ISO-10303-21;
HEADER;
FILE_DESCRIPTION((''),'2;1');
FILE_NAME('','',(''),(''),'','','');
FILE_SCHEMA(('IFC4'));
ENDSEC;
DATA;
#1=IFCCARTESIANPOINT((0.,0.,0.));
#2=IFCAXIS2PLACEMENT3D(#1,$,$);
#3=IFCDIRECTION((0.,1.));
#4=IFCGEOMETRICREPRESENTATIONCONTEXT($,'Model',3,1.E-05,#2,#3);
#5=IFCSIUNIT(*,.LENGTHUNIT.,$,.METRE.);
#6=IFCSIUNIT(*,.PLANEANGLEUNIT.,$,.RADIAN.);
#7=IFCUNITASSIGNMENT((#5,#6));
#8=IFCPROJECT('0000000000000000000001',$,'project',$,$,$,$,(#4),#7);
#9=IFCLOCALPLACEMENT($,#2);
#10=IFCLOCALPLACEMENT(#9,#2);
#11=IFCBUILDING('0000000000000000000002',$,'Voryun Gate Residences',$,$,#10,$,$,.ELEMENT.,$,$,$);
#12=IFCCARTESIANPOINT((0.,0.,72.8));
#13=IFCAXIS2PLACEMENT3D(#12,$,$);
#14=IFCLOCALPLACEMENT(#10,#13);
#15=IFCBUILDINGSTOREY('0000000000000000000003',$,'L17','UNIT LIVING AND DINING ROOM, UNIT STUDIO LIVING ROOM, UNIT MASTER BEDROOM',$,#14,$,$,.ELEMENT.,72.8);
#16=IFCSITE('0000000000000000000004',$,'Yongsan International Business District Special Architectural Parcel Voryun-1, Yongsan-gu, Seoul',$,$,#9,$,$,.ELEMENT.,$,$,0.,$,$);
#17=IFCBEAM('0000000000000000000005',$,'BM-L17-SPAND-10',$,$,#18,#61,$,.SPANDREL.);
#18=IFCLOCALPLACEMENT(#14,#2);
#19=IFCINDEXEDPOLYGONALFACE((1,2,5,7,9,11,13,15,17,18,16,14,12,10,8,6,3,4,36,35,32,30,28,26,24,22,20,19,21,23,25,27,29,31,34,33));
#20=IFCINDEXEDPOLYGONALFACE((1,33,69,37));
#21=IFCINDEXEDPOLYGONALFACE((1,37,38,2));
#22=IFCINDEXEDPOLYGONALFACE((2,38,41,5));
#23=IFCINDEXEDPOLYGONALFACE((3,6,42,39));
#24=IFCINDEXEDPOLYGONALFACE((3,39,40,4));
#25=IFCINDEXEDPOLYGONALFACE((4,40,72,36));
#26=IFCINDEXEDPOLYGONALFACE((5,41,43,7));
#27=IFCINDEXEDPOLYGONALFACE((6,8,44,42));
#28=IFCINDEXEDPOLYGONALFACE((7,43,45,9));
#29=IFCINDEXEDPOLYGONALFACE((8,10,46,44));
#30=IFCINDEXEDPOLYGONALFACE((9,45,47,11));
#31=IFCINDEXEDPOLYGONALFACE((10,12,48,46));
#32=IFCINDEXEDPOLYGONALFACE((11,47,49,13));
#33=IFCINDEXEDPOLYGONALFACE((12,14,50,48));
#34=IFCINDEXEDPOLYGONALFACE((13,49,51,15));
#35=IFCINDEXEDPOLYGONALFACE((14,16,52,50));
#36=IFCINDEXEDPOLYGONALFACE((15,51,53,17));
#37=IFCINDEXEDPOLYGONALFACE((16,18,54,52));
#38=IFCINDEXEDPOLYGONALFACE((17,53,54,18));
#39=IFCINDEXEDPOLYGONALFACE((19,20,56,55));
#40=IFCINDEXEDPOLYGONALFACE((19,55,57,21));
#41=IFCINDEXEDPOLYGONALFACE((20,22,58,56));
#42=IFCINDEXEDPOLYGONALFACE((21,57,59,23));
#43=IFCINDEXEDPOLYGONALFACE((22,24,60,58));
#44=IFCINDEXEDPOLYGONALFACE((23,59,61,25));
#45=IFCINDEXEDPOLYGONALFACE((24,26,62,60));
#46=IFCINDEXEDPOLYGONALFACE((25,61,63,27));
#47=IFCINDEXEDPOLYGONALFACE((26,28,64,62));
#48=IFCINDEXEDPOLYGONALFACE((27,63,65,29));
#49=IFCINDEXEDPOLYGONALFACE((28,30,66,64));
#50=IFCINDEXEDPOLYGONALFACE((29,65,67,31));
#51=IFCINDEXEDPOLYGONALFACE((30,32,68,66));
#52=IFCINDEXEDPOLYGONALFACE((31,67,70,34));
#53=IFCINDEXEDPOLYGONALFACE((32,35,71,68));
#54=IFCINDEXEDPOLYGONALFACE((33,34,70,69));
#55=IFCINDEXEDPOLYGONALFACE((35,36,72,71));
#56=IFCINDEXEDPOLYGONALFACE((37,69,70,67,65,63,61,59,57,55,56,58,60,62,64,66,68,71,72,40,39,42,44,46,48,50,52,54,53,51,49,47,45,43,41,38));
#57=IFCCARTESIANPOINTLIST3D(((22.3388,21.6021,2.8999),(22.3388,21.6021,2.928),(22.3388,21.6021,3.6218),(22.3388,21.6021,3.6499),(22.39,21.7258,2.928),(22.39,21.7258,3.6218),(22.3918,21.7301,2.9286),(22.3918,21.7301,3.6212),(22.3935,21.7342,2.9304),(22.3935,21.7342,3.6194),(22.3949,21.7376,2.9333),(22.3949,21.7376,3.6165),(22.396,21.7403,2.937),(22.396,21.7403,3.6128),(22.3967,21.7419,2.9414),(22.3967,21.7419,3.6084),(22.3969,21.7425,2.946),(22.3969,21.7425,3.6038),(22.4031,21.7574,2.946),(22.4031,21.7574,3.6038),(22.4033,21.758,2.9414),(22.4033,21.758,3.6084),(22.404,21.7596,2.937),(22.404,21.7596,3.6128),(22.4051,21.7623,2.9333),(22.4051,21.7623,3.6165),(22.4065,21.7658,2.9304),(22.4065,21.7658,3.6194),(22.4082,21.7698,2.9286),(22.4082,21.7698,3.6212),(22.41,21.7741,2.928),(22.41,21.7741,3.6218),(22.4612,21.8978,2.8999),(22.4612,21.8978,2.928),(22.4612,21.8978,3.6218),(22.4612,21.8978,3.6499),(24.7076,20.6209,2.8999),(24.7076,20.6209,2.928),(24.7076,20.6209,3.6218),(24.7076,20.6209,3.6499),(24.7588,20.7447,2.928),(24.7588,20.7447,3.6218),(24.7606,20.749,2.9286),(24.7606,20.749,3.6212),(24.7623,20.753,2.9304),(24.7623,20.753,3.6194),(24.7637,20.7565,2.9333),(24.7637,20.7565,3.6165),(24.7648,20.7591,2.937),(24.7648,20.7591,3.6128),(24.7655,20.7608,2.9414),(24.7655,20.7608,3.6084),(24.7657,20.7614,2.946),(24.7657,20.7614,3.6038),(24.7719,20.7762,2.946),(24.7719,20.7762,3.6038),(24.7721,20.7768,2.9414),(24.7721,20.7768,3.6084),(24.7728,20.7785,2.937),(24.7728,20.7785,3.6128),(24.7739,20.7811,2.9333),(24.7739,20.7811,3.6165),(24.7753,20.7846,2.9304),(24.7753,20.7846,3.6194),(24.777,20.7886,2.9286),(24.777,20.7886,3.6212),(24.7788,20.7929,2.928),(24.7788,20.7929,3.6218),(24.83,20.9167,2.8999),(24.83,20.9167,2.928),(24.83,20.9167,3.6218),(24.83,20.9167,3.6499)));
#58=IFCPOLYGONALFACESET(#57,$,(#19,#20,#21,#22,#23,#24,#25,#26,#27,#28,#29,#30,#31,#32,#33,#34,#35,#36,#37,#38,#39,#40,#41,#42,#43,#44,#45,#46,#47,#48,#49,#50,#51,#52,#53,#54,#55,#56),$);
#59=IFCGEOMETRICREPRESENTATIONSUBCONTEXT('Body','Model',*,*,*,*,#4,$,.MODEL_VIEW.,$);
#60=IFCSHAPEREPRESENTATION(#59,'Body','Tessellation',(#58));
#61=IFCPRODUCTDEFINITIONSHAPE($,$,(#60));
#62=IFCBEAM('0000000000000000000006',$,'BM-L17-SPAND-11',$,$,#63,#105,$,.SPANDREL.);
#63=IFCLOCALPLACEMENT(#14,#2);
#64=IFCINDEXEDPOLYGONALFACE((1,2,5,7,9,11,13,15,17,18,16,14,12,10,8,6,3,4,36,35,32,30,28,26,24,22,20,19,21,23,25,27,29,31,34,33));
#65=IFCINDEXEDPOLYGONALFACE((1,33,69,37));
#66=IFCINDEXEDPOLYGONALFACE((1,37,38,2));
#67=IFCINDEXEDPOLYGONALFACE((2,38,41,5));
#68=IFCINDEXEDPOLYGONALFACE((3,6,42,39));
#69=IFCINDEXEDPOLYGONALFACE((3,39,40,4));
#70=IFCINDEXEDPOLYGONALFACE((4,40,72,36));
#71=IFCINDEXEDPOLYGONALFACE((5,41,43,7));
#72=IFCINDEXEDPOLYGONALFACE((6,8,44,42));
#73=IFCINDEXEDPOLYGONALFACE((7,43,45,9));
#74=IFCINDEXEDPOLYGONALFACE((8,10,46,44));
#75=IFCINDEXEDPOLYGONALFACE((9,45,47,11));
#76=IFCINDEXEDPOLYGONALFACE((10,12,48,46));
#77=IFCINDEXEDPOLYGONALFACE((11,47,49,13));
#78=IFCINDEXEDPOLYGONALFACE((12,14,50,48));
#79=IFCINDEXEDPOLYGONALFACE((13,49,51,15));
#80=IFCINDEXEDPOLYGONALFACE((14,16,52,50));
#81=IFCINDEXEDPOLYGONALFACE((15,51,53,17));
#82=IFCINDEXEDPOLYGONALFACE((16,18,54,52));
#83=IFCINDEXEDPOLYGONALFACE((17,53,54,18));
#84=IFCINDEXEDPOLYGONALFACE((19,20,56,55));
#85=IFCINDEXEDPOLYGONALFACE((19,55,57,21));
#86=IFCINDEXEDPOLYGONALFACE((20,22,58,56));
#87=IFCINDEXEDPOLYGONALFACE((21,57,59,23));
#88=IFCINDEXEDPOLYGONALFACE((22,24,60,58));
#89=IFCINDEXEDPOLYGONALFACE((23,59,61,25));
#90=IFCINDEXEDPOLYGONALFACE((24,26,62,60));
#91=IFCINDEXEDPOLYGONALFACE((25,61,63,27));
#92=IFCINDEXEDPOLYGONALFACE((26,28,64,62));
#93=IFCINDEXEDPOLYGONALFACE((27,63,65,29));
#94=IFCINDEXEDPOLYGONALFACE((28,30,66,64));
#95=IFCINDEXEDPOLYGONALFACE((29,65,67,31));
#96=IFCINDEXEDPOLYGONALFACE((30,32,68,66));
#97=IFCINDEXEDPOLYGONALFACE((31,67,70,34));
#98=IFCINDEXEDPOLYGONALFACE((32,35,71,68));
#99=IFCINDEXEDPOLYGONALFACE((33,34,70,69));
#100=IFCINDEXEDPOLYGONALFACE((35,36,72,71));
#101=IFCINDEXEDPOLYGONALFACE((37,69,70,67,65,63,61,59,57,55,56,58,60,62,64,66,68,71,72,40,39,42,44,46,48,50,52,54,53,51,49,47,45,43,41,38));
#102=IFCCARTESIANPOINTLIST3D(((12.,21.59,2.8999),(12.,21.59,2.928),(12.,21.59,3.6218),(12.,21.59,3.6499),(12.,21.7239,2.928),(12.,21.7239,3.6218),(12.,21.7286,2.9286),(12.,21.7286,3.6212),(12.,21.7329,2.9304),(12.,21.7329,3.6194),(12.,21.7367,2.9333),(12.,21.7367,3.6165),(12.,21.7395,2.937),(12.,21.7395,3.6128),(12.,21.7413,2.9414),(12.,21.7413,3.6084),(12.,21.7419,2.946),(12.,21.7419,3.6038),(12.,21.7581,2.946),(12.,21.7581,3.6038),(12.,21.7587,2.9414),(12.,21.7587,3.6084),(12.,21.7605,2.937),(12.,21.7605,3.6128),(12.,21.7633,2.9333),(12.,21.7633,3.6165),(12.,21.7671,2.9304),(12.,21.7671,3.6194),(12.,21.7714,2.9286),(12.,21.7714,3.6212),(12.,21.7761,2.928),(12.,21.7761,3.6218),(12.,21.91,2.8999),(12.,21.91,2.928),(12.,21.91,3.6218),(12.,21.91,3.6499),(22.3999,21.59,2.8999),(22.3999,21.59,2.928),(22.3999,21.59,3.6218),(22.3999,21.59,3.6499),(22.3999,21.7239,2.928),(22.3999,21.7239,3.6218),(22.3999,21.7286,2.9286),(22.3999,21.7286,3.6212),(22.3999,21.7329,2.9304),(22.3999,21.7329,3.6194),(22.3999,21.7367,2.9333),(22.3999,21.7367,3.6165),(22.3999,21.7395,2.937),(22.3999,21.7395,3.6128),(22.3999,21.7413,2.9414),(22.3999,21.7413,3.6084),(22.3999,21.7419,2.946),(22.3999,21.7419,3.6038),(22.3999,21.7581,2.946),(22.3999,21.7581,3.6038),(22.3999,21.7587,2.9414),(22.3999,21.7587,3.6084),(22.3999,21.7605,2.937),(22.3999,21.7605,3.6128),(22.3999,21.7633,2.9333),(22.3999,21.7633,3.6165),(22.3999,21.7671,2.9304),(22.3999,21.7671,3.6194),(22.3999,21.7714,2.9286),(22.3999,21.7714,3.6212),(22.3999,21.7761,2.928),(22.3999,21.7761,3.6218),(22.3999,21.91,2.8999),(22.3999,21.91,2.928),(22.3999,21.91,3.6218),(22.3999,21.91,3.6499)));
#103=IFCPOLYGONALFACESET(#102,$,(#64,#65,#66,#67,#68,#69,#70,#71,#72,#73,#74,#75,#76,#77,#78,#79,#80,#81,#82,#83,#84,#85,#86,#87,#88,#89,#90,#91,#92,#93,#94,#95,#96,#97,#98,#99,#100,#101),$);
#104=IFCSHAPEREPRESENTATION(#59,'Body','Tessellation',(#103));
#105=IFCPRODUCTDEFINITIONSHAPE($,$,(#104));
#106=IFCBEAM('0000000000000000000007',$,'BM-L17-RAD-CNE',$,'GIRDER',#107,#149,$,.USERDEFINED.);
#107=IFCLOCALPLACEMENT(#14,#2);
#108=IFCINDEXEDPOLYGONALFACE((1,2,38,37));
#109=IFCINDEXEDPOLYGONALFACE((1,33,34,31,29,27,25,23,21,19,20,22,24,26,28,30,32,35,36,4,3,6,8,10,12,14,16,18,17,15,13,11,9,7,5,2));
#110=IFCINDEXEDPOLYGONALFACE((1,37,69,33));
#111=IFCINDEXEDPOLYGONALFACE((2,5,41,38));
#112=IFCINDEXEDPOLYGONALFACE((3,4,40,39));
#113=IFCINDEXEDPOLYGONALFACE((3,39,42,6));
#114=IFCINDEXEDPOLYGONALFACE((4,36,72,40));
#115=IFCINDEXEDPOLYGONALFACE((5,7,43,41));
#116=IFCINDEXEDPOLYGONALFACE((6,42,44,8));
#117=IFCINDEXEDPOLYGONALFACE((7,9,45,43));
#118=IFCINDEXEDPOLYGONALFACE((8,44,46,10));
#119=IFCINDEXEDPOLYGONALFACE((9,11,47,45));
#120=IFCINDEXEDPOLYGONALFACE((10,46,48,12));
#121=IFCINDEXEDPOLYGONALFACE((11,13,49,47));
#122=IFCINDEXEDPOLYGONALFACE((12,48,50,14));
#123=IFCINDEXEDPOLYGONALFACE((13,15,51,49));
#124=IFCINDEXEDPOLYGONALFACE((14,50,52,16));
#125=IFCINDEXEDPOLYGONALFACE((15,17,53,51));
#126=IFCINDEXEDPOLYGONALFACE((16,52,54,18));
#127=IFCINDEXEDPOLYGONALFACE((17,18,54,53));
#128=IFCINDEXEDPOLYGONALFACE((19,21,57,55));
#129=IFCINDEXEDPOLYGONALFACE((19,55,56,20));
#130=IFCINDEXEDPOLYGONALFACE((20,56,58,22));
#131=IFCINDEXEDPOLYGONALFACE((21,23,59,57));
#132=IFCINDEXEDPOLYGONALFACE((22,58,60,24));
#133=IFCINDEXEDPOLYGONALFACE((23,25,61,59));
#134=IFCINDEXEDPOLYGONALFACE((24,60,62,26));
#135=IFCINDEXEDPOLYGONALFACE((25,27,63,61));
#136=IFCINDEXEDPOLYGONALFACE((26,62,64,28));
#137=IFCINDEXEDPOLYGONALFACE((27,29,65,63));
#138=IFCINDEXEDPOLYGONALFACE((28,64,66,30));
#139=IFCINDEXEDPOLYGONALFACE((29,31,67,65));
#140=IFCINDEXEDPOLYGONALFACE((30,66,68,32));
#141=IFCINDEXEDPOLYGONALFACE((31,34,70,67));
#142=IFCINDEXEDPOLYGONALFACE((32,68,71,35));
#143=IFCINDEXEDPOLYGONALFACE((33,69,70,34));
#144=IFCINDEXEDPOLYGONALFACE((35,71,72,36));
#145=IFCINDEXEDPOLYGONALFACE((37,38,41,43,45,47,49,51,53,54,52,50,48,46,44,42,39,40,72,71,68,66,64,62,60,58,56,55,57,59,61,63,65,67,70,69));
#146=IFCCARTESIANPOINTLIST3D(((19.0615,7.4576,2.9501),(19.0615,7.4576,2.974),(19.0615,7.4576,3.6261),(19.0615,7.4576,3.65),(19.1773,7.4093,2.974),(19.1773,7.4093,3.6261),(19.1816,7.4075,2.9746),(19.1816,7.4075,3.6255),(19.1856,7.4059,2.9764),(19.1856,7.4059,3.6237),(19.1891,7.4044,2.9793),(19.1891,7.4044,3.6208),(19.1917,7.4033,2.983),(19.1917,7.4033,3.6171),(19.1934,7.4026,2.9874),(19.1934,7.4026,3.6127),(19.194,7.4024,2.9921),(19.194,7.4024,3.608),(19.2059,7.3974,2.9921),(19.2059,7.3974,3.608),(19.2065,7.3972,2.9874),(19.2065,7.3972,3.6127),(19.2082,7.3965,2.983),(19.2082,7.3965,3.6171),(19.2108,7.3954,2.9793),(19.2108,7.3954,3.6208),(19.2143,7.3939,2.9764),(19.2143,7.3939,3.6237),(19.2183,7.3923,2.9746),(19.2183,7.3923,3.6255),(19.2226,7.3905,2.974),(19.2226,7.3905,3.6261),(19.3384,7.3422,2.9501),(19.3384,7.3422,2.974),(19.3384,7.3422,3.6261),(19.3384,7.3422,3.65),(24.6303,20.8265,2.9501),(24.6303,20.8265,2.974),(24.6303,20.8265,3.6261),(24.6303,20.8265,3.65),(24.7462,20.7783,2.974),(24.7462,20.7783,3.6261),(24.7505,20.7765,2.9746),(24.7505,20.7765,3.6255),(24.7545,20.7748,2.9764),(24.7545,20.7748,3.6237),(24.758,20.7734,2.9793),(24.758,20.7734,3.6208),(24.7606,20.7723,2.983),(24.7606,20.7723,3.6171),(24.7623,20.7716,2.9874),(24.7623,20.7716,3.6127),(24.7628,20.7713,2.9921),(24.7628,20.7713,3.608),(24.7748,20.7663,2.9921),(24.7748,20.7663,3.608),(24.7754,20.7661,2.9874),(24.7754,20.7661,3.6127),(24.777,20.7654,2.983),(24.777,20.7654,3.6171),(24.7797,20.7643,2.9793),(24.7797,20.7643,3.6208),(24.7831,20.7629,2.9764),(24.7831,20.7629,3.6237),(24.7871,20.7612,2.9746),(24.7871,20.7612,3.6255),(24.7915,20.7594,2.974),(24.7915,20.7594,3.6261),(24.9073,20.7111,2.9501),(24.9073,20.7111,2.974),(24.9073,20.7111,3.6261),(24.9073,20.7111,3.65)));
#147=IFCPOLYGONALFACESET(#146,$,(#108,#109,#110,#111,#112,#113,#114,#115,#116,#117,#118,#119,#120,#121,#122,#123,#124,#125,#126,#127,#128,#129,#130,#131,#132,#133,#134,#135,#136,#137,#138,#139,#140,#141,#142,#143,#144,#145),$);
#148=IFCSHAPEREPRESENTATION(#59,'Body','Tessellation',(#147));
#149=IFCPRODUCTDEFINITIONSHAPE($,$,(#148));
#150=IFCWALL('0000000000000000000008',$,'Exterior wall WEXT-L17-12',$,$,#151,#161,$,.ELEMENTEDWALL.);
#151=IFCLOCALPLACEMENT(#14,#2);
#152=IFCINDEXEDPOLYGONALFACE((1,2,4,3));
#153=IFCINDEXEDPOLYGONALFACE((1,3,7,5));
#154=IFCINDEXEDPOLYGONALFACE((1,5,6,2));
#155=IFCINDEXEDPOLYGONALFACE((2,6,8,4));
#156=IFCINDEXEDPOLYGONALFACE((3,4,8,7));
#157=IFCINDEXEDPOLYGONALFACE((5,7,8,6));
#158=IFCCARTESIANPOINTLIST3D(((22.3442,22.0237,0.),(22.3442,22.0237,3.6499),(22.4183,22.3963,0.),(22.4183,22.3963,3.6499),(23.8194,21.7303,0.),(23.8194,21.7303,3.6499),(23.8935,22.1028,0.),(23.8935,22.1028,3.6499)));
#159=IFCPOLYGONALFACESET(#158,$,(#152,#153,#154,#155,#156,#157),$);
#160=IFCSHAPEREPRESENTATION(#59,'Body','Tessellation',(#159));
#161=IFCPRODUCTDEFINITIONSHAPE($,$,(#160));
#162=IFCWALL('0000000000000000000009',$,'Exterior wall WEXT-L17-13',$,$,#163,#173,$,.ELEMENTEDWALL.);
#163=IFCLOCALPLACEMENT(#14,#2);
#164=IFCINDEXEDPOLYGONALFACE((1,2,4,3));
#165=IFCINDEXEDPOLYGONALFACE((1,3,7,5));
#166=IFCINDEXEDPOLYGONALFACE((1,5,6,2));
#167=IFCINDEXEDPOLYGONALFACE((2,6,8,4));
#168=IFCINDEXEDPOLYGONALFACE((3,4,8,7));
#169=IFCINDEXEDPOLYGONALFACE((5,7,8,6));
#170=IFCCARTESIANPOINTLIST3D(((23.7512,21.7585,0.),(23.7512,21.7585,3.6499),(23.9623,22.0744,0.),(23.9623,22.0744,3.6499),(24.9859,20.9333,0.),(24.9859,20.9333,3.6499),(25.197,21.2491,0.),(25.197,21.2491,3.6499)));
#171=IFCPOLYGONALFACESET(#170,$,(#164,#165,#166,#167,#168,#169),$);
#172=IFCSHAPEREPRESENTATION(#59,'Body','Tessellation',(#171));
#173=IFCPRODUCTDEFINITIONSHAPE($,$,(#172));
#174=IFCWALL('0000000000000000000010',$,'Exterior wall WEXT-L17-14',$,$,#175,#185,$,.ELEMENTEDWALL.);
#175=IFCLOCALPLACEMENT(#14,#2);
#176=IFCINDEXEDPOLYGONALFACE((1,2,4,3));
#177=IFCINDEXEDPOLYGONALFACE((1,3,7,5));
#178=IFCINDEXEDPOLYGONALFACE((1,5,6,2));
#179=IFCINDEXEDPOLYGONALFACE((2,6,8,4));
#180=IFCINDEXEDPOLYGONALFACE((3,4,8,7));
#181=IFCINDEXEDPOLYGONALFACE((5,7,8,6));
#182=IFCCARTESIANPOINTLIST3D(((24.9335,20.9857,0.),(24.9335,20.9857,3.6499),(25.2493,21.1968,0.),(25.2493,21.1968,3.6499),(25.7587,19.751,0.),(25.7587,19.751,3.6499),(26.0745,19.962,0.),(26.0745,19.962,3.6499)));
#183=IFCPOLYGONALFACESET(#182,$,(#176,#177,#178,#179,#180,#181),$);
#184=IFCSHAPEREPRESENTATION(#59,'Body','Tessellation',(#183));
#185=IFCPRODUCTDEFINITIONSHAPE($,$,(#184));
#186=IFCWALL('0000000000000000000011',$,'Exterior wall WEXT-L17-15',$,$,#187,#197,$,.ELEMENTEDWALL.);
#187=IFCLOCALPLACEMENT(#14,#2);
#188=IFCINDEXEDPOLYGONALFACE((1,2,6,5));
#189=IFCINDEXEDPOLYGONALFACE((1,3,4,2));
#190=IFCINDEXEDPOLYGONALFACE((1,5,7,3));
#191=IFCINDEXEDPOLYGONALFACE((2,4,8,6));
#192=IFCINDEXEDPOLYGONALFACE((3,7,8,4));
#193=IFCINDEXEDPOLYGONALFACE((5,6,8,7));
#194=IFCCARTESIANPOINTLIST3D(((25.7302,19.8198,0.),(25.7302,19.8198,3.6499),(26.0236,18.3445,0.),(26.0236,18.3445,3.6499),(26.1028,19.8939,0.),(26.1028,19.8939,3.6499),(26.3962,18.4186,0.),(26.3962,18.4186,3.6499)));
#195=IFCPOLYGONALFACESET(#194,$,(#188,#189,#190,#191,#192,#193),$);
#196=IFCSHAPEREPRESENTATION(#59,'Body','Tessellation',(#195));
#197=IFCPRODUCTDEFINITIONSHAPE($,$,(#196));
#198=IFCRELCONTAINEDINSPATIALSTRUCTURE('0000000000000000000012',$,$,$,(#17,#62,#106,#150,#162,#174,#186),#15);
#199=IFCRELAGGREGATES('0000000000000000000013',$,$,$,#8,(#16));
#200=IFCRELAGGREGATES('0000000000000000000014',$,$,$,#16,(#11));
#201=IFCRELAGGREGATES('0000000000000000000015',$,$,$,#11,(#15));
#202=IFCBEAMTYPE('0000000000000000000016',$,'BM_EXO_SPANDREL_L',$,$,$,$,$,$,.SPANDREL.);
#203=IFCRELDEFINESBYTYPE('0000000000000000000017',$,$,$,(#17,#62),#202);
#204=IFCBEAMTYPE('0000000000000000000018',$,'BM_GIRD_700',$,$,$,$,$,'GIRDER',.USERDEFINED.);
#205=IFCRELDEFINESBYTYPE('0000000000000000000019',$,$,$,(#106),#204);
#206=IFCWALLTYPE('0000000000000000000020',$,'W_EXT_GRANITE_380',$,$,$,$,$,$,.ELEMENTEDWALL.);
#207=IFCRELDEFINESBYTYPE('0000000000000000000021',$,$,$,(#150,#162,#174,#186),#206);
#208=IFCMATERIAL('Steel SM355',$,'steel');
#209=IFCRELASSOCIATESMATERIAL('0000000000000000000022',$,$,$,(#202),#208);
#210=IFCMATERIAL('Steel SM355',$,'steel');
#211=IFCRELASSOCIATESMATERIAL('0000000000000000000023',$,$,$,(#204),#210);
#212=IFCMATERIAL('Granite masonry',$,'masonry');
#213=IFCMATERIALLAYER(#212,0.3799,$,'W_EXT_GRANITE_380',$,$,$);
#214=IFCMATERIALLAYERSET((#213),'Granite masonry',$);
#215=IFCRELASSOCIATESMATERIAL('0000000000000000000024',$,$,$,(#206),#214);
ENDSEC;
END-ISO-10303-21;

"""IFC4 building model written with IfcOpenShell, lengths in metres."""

from ifc_helpers import new_model, si_unit, direction, frame, frame_2d, origin, origin_2d, place, context, subcontext, project, spatial, rectangle, i_section, extrude, material, layer, layer_set, material_profile, profile_set, type_object, element, save


model = new_model("IFC4")

# Units and contexts
model_context = context("Model", 3, precision=1e-05, world=origin(), true_north=direction((0.0, 1.0)))
body_context = subcontext(model_context, "Body", "Model", "MODEL_VIEW")
ifc_project = project(units=[si_unit("LENGTHUNIT", "METRE"), si_unit("PLANEANGLEUNIT", "RADIAN")], contexts=[model_context])

# Site, building, storey
site_placement = place(None, origin())
site = spatial("IfcSite", under=ifc_project, at=site_placement, Name="Yongsan International Business District Special Architectural Parcel Voryun-1, Yongsan-gu, Seoul", CompositionType="ELEMENT", RefElevation=0.0)
building_placement = place(site_placement, origin())
building = spatial("IfcBuilding", under=site, at=building_placement, Name="Voryun Gate Residences", CompositionType="ELEMENT")
storey_placement = place(building_placement, frame((0.0, 0.0, 72.8)))
storey = spatial("IfcBuildingStorey", under=building, at=storey_placement, Name="L17", Description="UNIT LIVING AND DINING ROOM, UNIT STUDIO LIVING ROOM, UNIT MASTER BEDROOM", CompositionType="ELEMENT", Elevation=72.8)

# Beams
ifc_material_1 = material(Name="Steel SM355", Category="steel")
ifc_material_profile_1 = material_profile(ifc_material_1, i_section(OverallWidth=0.3201, OverallDepth=0.75, WebThickness=0.0161, FlangeThickness=0.0281, FilletRadius=0.0181, at=origin_2d()), Name="H-750x320x16x28")
ifc_profile_set_1 = profile_set([ifc_material_profile_1], Name="Steel SM355")
beam_type_1 = type_object("IfcBeamType", Name="BM_EXO_SPANDREL_L", PredefinedType="SPANDREL", material=ifc_profile_set_1)
beam_1_placement = place(storey_placement, frame((24.7688, 20.7688, 3.2749), z_axis=(-0.923883, 0.382674, 0.0), x_axis=(-0.382674, -0.923883, 0.0)))
element("IfcBeam", 1, at=beam_1_placement, inside=storey, type_object=beam_type_1, Name="BM-L17-SPAND-10", PredefinedType="SPANDREL", context=body_context, shape_type="SweptSolid", body=[
    extrude(i_section(OverallWidth=0.3201, OverallDepth=0.75, WebThickness=0.0161, FlangeThickness=0.0281, FilletRadius=0.0181, at=origin_2d()), origin(), (0.0, 0.0, 1.0), 2.564),
])
beam_2_placement = place(storey_placement, frame((22.3999, 21.75, 3.2749), z_axis=(-1.0, 0.0, 0.0), x_axis=(0.0, -1.0, 0.0)))
element("IfcBeam", 2, at=beam_2_placement, inside=storey, type_object=beam_type_1, Name="BM-L17-SPAND-11", PredefinedType="SPANDREL", context=body_context, shape_type="SweptSolid", body=[
    extrude(i_section(OverallWidth=0.3201, OverallDepth=0.75, WebThickness=0.0161, FlangeThickness=0.0281, FilletRadius=0.0181, at=origin_2d()), origin(), (0.0, 0.0, 1.0), 10.3999),
])
ifc_material_2 = material(Name="Steel SM355", Category="steel")
ifc_material_profile_2 = material_profile(ifc_material_2, i_section(OverallWidth=0.3, OverallDepth=0.7, WebThickness=0.0129, FlangeThickness=0.0239, FilletRadius=0.0181, at=origin_2d()), Name="H-700x300x13x24")
ifc_profile_set_2 = profile_set([ifc_material_profile_2], Name="Steel SM355")
beam_type_2 = type_object("IfcBeamType", Name="BM_GIRD_700", ElementType="GIRDER", PredefinedType="USERDEFINED", material=ifc_profile_set_2)
beam_3_placement = place(storey_placement, frame((19.2, 7.3999, 3.3), z_axis=(0.384526, 0.923114, 0.0), x_axis=(-0.923114, 0.384526, 0.0)))
element("IfcBeam", 3, at=beam_3_placement, inside=storey, type_object=beam_type_2, Name="BM-L17-RAD-CNE", ObjectType="GIRDER", PredefinedType="USERDEFINED", context=body_context, shape_type="SweptSolid", body=[
    extrude(i_section(OverallWidth=0.3, OverallDepth=0.7, WebThickness=0.0129, FlangeThickness=0.0239, FilletRadius=0.0181, at=origin_2d()), origin(), (0.0, 0.0, 1.0), 14.4824),
])

# Walls
ifc_material_3 = material(Name="Granite masonry", Category="masonry")
ifc_layer_1 = layer(ifc_material_3, 0.3799, Name="W_EXT_GRANITE_380")
ifc_layer_set_1 = layer_set([ifc_layer_1], Name="Granite masonry")
wall_type_1 = type_object("IfcWallType", Name="W_EXT_GRANITE_380", PredefinedType="ELEMENTEDWALL", material=ifc_layer_set_1)
wall_1_placement = place(storey_placement, frame((22.3813, 22.21, 0.0), z_axis=(0.0, 0.0, 1.0), x_axis=(0.980786, -0.195086, 0.0)))
element("IfcWall", 4, at=wall_1_placement, inside=storey, type_object=wall_type_1, Name="Exterior wall WEXT-L17-12", PredefinedType="ELEMENTEDWALL", context=body_context, shape_type="SweptSolid", body=[
    extrude(rectangle(XDim=1.5042, YDim=0.3799, at=frame_2d((0.752, 0.0))), origin(), (0.0, 0.0, 1.0), 3.6499),
])
for number, where, z_axis, x_axis, name in (
    (5, (23.8567, 21.9165, 0.0), (0.0, 0.0, 1.0), (0.831392, -0.555686, 0.0), "Exterior wall WEXT-L17-13"),
    (6, (25.0913, 21.0913, 0.0), (0.0, 0.0, 1.0), (0.555686, -0.831392, 0.0), "Exterior wall WEXT-L17-14"),
):
    element("IfcWall", number, at=place(storey_placement, frame(where, z_axis=z_axis, x_axis=x_axis)), inside=storey, type_object=wall_type_1, Name=name, PredefinedType="ELEMENTEDWALL", context=body_context, shape_type="SweptSolid", body=[
        extrude(rectangle(XDim=1.4851, YDim=0.3799, at=frame_2d((0.7427, 0.0))), origin(), (0.0, 0.0, 1.0), 3.6499),
    ])
wall_2_placement = place(storey_placement, frame((25.9165, 19.8567, 0.0), z_axis=(0.0, 0.0, 1.0), x_axis=(0.195086, -0.980786, 0.0)))
element("IfcWall", 7, at=wall_2_placement, inside=storey, type_object=wall_type_1, Name="Exterior wall WEXT-L17-15", PredefinedType="ELEMENTEDWALL", context=body_context, shape_type="SweptSolid", body=[
    extrude(rectangle(XDim=1.5042, YDim=0.3799, at=frame_2d((0.752, 0.0))), origin(), (0.0, 0.0, 1.0), 3.6499),
])

save(model, "model.ifc")
